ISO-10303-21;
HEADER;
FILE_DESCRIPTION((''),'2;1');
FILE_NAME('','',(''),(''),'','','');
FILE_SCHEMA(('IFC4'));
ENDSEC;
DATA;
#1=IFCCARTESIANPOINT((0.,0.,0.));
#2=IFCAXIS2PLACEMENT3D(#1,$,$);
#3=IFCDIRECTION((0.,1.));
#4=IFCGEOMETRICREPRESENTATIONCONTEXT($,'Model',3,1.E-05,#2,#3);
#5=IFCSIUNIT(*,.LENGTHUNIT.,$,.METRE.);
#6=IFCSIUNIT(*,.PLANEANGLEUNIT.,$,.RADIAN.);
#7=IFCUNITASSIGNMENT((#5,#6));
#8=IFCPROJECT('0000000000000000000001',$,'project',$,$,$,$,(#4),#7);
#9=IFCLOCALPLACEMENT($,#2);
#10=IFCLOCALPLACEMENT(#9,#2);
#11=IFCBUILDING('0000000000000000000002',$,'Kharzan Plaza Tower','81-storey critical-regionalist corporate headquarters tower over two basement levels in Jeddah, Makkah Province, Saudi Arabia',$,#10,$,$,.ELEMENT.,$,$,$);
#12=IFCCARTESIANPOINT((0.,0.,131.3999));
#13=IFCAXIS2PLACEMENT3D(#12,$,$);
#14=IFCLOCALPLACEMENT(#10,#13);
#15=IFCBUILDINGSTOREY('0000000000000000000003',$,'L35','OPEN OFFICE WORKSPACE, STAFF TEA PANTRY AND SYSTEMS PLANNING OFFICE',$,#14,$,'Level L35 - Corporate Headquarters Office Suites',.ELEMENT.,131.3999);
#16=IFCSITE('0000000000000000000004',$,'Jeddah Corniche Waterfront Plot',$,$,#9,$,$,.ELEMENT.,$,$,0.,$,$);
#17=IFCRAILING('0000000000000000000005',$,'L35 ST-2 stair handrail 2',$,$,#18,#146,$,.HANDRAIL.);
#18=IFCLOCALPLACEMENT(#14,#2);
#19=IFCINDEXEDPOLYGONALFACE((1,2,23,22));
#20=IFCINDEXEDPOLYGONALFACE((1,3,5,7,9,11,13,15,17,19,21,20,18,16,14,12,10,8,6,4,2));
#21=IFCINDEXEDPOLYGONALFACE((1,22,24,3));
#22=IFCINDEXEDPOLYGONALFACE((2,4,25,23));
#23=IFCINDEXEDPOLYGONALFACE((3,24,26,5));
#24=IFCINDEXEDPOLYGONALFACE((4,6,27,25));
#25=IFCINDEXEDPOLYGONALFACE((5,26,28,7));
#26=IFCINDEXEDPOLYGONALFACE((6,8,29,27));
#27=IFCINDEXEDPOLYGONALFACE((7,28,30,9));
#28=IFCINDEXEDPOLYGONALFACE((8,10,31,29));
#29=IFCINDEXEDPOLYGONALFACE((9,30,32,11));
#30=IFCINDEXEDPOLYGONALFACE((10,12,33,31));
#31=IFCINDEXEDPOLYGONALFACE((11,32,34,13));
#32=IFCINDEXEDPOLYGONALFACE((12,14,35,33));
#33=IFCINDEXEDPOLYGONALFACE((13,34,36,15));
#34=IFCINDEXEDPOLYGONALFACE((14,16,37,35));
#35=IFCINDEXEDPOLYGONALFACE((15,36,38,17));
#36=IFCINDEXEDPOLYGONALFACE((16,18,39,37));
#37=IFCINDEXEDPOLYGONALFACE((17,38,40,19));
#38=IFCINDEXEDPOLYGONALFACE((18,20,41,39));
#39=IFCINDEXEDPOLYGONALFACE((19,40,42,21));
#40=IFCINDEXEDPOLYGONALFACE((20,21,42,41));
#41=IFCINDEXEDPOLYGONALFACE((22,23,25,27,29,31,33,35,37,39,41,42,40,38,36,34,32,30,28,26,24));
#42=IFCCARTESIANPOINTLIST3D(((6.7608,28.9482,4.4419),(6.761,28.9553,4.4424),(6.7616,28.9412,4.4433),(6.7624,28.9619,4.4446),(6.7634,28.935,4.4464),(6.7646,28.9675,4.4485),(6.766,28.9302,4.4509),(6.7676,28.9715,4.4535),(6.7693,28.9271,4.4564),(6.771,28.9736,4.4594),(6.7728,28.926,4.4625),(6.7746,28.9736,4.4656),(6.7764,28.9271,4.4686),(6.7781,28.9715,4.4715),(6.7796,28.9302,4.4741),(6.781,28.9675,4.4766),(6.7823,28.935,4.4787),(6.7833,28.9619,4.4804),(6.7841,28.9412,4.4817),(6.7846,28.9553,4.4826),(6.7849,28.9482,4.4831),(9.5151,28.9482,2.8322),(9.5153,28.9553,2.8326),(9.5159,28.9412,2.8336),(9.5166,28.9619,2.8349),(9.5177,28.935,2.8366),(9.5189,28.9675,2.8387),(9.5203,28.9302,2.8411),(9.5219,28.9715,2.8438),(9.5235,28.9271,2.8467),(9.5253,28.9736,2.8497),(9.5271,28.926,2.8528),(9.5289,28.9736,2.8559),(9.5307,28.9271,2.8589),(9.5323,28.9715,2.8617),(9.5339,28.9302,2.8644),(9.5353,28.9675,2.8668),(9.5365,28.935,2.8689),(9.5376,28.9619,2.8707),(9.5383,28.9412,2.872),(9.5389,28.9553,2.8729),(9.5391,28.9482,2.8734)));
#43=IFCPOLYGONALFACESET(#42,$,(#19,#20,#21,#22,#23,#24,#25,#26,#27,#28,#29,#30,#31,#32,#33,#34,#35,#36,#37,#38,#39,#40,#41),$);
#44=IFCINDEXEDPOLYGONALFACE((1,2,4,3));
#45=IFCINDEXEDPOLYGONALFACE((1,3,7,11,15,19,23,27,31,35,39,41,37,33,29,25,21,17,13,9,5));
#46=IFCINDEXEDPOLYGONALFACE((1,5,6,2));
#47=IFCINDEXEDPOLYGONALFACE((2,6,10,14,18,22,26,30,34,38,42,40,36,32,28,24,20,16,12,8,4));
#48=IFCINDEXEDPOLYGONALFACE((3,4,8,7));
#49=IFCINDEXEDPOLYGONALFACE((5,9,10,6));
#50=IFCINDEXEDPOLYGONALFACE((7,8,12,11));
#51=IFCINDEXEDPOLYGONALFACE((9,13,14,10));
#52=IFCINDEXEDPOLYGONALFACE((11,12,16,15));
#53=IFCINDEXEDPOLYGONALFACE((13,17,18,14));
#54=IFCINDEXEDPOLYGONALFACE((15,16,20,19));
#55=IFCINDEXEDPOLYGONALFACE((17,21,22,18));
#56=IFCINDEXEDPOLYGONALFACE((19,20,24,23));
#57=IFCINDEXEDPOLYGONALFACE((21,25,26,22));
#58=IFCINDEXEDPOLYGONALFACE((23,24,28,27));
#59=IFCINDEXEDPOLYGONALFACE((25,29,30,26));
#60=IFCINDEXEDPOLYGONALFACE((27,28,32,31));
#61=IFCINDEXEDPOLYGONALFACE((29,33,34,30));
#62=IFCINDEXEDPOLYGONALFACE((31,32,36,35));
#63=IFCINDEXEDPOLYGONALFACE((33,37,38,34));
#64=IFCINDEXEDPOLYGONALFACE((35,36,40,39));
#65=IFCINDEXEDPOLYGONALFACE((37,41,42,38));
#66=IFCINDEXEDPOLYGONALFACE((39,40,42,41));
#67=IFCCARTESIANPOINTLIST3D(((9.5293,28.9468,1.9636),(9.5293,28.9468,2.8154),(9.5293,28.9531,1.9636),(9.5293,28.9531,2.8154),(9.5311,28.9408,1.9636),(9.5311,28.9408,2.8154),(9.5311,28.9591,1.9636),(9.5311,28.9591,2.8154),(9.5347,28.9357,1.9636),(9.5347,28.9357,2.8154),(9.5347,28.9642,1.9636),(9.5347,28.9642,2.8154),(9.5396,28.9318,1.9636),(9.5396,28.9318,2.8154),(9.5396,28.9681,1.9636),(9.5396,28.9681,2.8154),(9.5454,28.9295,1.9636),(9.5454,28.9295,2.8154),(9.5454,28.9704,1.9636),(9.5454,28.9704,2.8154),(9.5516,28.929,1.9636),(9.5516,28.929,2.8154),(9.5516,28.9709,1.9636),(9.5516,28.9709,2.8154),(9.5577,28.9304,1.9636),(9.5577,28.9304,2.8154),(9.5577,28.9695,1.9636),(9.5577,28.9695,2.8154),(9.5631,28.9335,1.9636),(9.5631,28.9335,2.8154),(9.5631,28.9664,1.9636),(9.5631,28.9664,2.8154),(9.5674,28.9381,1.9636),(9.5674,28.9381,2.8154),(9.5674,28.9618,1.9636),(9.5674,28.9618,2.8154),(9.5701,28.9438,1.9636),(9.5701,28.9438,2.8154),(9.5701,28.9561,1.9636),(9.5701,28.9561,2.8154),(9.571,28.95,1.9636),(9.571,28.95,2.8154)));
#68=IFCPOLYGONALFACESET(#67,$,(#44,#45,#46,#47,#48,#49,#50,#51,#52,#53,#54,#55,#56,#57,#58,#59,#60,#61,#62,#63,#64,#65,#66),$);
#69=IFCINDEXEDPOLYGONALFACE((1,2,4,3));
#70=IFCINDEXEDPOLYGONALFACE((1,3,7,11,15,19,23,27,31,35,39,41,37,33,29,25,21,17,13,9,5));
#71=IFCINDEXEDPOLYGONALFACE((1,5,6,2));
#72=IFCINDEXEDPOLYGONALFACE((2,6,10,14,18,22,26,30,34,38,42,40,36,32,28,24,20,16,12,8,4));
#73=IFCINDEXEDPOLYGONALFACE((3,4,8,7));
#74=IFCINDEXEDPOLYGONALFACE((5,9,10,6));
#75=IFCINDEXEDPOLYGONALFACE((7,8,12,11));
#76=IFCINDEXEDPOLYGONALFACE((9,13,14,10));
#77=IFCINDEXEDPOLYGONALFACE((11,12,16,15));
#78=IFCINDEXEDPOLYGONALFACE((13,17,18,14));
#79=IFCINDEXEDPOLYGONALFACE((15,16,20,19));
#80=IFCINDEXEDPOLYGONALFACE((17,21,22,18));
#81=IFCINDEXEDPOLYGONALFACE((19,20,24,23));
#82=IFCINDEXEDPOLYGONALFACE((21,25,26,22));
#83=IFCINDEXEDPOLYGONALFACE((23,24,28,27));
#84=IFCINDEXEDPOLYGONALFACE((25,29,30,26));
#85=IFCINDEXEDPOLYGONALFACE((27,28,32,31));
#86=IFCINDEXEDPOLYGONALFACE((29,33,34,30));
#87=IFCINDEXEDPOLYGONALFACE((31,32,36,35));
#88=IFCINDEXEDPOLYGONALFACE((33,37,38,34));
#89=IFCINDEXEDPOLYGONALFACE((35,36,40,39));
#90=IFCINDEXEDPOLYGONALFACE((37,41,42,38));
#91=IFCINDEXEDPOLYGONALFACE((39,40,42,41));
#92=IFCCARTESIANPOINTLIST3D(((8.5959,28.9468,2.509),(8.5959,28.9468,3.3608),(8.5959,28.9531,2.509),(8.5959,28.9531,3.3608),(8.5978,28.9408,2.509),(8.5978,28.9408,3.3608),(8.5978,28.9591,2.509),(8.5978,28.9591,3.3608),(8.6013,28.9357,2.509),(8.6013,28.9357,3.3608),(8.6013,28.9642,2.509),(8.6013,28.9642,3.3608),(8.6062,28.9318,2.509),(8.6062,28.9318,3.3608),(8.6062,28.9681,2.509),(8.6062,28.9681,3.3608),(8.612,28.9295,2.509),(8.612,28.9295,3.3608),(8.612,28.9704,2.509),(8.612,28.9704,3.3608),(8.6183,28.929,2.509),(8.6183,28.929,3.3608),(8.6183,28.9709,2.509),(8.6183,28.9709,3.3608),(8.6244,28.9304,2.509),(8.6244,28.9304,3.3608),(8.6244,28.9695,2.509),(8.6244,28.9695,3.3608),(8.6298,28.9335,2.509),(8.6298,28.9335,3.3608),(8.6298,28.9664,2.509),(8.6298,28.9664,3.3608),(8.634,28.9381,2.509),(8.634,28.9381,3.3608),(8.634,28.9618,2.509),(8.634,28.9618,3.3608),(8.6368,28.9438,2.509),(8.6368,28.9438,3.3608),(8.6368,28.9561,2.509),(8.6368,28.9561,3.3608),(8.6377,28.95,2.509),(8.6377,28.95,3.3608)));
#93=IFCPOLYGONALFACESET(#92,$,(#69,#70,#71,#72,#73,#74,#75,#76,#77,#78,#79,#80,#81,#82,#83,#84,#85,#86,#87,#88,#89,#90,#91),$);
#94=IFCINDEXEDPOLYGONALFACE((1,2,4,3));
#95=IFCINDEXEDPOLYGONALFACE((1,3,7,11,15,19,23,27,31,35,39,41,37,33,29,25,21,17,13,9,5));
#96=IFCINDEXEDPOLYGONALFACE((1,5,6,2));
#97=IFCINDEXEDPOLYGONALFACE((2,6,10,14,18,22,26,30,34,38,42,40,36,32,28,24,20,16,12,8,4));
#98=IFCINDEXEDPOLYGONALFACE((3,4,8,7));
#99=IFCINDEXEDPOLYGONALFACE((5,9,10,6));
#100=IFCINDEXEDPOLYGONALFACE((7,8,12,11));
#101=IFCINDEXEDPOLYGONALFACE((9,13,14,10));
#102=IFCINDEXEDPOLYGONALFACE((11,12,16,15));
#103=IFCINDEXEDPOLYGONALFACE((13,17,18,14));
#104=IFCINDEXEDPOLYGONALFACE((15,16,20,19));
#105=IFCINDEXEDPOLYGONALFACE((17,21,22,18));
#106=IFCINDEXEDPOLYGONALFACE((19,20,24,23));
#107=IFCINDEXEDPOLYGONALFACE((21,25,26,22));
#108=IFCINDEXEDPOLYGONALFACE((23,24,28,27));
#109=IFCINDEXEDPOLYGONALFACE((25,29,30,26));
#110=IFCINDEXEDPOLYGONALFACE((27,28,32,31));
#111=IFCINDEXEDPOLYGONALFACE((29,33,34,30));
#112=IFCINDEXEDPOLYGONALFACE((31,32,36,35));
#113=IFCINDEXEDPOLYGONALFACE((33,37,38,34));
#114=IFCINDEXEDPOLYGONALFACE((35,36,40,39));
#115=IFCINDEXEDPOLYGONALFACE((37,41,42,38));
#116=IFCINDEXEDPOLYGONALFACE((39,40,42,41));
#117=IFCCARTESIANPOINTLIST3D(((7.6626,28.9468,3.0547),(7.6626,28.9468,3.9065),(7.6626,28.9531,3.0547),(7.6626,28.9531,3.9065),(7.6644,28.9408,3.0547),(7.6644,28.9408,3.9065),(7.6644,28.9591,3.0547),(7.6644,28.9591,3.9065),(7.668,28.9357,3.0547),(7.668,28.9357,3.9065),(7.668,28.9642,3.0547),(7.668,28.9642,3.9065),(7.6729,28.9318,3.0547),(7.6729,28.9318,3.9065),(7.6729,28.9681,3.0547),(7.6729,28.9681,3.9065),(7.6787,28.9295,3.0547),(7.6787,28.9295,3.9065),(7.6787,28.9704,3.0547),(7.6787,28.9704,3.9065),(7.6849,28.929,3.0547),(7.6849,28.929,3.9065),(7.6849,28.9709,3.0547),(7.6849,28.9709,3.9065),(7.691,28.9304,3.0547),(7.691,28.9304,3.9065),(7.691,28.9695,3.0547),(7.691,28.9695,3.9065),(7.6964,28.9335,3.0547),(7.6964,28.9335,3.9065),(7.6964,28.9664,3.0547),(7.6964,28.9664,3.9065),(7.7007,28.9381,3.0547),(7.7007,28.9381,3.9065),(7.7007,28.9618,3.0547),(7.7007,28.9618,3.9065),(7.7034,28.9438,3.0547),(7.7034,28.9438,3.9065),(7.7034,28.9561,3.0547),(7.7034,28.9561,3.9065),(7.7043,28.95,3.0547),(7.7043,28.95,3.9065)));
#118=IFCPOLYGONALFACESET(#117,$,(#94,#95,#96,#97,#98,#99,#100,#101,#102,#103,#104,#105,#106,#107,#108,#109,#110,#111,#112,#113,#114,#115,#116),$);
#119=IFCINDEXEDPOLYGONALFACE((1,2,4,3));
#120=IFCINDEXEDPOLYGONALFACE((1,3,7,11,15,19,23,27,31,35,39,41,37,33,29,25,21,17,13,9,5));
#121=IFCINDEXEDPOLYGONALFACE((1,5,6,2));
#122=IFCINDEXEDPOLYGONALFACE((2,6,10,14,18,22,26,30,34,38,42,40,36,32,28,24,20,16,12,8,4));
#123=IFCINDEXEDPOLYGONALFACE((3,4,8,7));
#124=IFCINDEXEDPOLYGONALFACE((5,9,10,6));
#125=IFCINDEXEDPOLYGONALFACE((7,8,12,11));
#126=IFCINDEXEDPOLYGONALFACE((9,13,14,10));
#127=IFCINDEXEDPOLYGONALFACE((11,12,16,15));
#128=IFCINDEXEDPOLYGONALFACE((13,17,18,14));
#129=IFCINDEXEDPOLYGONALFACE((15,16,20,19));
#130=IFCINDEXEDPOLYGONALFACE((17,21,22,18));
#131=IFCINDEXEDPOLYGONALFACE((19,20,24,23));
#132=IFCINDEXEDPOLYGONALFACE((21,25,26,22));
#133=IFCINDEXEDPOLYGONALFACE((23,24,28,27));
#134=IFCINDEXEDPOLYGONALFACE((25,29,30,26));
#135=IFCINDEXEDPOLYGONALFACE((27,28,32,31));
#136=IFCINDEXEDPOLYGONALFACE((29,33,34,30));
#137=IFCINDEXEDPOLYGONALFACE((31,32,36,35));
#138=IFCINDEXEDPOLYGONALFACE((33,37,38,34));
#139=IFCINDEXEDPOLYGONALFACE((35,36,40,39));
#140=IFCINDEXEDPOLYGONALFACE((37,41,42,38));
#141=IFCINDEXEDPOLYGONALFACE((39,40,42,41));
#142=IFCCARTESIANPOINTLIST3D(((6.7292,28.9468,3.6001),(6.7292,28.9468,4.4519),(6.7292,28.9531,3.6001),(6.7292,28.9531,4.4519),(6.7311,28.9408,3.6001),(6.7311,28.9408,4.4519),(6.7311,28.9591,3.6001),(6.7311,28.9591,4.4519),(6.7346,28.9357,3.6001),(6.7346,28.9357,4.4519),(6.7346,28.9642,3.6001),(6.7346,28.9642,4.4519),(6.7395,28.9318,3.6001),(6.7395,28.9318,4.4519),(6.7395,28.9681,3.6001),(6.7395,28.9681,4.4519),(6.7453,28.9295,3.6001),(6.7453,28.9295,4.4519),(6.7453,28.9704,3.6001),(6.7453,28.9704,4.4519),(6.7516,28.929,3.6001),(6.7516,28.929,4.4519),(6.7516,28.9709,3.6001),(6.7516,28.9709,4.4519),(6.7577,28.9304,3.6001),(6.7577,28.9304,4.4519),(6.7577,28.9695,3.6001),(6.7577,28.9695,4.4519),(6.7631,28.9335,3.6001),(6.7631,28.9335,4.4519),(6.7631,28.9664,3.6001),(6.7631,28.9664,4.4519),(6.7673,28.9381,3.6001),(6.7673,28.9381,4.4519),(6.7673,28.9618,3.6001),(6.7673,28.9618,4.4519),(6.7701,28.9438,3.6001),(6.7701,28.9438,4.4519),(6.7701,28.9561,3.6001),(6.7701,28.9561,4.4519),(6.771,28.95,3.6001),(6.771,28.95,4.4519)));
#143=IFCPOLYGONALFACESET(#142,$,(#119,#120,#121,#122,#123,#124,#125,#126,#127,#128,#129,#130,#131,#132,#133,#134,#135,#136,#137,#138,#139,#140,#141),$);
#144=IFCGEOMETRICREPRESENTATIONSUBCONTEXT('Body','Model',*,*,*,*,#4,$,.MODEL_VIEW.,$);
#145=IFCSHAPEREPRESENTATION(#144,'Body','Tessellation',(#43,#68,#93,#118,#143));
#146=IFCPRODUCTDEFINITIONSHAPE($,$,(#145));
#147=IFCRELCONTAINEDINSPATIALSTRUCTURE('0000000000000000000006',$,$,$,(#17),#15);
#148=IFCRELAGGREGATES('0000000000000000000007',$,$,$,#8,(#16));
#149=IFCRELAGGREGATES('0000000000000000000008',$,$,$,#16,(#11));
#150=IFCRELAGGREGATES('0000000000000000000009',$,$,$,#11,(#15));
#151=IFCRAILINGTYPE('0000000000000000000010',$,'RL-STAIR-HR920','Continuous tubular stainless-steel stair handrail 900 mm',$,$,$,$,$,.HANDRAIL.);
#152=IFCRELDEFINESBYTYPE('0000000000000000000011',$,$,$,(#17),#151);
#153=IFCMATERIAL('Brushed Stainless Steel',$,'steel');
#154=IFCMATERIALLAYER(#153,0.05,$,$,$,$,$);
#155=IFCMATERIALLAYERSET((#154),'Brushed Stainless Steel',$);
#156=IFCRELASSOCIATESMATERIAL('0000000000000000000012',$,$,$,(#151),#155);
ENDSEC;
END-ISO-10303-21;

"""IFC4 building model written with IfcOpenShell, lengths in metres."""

from ifc_helpers import new_model, si_unit, direction, frame, origin, origin_2d, place, context, subcontext, project, spatial, circle, extrude, source, transform, mapped, material, layer, layer_set, type_object, element, save


model = new_model("IFC4")

# Units and contexts
model_context = context("Model", 3, precision=1e-05, world=origin(), true_north=direction((0.0, 1.0)))
body_context = subcontext(model_context, "Body", "Model", "MODEL_VIEW")
ifc_project = project(units=[si_unit("LENGTHUNIT", "METRE"), si_unit("PLANEANGLEUNIT", "RADIAN")], contexts=[model_context])

# Site, building, storey
site_placement = place(None, origin())
site = spatial("IfcSite", under=ifc_project, at=site_placement, Name="Jeddah Corniche Waterfront Plot", CompositionType="ELEMENT", RefElevation=0.0)
building_placement = place(site_placement, origin())
building = spatial("IfcBuilding", under=site, at=building_placement, Name="Kharzan Plaza Tower", Description="81-storey critical-regionalist corporate headquarters tower over two basement levels in Jeddah, Makkah Province, Saudi Arabia", CompositionType="ELEMENT")
storey_placement = place(building_placement, frame((0.0, 0.0, 131.3999)))
storey = spatial("IfcBuildingStorey", under=building, at=storey_placement, Name="L35", Description="OPEN OFFICE WORKSPACE, STAFF TEA PANTRY AND SYSTEMS PLANNING OFFICE", LongName="Level L35 - Corporate Headquarters Office Suites", CompositionType="ELEMENT", Elevation=131.3999)

# Shared definitions
ifc_material_1 = material(Name="Brushed Stainless Steel", Category="steel")

# Railing
ifc_layer_1 = layer(ifc_material_1, 0.05)
ifc_layer_set_1 = layer_set([ifc_layer_1], Name="Brushed Stainless Steel")
railing_type_1 = type_object("IfcRailingType", Name="RL-STAIR-HR920", Description="Continuous tubular stainless-steel stair handrail 900 mm", PredefinedType="HANDRAIL", material=ifc_layer_set_1)
shared_shape_1 = source(origin(), body_context, "Body", "SweptSolid", [
    extrude(circle(Radius=0.0239, at=origin_2d()), frame((-0.0229, 0.0, 0.8892), z_axis=(-0.863361, 0.0, 0.504587), x_axis=(0.0, -1.0, 0.0)), (0.0, 0.0, 1.0), 3.1902),
    extrude(circle(Radius=0.021, at=origin_2d()), origin(), (0.0, 0.0, 1.0), 0.8518),
    extrude(circle(Radius=0.021, at=origin_2d()), frame((-0.9333, 0.0, 0.5454)), (0.0, 0.0, 1.0), 0.8518),
    extrude(circle(Radius=0.021, at=origin_2d()), frame((-1.8667, 0.0, 1.0911)), (0.0, 0.0, 1.0), 0.8518),
    extrude(circle(Radius=0.021, at=origin_2d()), frame((-2.8, 0.0, 1.6365)), (0.0, 0.0, 1.0), 0.8518),
])
railing_1_placement = place(storey_placement, frame((9.55, 28.95, 1.9636)))
element("IfcRailing", 1, at=railing_1_placement, inside=storey, type_object=railing_type_1, Name="L35 ST-2 stair handrail 2", PredefinedType="HANDRAIL", context=body_context, shape_type="MappedRepresentation", body=[
    mapped(shared_shape_1, transform((0.0, 0.0, 0.0), x_axis=(1.0, 0.0, 0.0), y_axis=(0.0, 1.0, 0.0), z_axis=(0.0, 0.0, 1.0))),
])

save(model, "model.ifc")
